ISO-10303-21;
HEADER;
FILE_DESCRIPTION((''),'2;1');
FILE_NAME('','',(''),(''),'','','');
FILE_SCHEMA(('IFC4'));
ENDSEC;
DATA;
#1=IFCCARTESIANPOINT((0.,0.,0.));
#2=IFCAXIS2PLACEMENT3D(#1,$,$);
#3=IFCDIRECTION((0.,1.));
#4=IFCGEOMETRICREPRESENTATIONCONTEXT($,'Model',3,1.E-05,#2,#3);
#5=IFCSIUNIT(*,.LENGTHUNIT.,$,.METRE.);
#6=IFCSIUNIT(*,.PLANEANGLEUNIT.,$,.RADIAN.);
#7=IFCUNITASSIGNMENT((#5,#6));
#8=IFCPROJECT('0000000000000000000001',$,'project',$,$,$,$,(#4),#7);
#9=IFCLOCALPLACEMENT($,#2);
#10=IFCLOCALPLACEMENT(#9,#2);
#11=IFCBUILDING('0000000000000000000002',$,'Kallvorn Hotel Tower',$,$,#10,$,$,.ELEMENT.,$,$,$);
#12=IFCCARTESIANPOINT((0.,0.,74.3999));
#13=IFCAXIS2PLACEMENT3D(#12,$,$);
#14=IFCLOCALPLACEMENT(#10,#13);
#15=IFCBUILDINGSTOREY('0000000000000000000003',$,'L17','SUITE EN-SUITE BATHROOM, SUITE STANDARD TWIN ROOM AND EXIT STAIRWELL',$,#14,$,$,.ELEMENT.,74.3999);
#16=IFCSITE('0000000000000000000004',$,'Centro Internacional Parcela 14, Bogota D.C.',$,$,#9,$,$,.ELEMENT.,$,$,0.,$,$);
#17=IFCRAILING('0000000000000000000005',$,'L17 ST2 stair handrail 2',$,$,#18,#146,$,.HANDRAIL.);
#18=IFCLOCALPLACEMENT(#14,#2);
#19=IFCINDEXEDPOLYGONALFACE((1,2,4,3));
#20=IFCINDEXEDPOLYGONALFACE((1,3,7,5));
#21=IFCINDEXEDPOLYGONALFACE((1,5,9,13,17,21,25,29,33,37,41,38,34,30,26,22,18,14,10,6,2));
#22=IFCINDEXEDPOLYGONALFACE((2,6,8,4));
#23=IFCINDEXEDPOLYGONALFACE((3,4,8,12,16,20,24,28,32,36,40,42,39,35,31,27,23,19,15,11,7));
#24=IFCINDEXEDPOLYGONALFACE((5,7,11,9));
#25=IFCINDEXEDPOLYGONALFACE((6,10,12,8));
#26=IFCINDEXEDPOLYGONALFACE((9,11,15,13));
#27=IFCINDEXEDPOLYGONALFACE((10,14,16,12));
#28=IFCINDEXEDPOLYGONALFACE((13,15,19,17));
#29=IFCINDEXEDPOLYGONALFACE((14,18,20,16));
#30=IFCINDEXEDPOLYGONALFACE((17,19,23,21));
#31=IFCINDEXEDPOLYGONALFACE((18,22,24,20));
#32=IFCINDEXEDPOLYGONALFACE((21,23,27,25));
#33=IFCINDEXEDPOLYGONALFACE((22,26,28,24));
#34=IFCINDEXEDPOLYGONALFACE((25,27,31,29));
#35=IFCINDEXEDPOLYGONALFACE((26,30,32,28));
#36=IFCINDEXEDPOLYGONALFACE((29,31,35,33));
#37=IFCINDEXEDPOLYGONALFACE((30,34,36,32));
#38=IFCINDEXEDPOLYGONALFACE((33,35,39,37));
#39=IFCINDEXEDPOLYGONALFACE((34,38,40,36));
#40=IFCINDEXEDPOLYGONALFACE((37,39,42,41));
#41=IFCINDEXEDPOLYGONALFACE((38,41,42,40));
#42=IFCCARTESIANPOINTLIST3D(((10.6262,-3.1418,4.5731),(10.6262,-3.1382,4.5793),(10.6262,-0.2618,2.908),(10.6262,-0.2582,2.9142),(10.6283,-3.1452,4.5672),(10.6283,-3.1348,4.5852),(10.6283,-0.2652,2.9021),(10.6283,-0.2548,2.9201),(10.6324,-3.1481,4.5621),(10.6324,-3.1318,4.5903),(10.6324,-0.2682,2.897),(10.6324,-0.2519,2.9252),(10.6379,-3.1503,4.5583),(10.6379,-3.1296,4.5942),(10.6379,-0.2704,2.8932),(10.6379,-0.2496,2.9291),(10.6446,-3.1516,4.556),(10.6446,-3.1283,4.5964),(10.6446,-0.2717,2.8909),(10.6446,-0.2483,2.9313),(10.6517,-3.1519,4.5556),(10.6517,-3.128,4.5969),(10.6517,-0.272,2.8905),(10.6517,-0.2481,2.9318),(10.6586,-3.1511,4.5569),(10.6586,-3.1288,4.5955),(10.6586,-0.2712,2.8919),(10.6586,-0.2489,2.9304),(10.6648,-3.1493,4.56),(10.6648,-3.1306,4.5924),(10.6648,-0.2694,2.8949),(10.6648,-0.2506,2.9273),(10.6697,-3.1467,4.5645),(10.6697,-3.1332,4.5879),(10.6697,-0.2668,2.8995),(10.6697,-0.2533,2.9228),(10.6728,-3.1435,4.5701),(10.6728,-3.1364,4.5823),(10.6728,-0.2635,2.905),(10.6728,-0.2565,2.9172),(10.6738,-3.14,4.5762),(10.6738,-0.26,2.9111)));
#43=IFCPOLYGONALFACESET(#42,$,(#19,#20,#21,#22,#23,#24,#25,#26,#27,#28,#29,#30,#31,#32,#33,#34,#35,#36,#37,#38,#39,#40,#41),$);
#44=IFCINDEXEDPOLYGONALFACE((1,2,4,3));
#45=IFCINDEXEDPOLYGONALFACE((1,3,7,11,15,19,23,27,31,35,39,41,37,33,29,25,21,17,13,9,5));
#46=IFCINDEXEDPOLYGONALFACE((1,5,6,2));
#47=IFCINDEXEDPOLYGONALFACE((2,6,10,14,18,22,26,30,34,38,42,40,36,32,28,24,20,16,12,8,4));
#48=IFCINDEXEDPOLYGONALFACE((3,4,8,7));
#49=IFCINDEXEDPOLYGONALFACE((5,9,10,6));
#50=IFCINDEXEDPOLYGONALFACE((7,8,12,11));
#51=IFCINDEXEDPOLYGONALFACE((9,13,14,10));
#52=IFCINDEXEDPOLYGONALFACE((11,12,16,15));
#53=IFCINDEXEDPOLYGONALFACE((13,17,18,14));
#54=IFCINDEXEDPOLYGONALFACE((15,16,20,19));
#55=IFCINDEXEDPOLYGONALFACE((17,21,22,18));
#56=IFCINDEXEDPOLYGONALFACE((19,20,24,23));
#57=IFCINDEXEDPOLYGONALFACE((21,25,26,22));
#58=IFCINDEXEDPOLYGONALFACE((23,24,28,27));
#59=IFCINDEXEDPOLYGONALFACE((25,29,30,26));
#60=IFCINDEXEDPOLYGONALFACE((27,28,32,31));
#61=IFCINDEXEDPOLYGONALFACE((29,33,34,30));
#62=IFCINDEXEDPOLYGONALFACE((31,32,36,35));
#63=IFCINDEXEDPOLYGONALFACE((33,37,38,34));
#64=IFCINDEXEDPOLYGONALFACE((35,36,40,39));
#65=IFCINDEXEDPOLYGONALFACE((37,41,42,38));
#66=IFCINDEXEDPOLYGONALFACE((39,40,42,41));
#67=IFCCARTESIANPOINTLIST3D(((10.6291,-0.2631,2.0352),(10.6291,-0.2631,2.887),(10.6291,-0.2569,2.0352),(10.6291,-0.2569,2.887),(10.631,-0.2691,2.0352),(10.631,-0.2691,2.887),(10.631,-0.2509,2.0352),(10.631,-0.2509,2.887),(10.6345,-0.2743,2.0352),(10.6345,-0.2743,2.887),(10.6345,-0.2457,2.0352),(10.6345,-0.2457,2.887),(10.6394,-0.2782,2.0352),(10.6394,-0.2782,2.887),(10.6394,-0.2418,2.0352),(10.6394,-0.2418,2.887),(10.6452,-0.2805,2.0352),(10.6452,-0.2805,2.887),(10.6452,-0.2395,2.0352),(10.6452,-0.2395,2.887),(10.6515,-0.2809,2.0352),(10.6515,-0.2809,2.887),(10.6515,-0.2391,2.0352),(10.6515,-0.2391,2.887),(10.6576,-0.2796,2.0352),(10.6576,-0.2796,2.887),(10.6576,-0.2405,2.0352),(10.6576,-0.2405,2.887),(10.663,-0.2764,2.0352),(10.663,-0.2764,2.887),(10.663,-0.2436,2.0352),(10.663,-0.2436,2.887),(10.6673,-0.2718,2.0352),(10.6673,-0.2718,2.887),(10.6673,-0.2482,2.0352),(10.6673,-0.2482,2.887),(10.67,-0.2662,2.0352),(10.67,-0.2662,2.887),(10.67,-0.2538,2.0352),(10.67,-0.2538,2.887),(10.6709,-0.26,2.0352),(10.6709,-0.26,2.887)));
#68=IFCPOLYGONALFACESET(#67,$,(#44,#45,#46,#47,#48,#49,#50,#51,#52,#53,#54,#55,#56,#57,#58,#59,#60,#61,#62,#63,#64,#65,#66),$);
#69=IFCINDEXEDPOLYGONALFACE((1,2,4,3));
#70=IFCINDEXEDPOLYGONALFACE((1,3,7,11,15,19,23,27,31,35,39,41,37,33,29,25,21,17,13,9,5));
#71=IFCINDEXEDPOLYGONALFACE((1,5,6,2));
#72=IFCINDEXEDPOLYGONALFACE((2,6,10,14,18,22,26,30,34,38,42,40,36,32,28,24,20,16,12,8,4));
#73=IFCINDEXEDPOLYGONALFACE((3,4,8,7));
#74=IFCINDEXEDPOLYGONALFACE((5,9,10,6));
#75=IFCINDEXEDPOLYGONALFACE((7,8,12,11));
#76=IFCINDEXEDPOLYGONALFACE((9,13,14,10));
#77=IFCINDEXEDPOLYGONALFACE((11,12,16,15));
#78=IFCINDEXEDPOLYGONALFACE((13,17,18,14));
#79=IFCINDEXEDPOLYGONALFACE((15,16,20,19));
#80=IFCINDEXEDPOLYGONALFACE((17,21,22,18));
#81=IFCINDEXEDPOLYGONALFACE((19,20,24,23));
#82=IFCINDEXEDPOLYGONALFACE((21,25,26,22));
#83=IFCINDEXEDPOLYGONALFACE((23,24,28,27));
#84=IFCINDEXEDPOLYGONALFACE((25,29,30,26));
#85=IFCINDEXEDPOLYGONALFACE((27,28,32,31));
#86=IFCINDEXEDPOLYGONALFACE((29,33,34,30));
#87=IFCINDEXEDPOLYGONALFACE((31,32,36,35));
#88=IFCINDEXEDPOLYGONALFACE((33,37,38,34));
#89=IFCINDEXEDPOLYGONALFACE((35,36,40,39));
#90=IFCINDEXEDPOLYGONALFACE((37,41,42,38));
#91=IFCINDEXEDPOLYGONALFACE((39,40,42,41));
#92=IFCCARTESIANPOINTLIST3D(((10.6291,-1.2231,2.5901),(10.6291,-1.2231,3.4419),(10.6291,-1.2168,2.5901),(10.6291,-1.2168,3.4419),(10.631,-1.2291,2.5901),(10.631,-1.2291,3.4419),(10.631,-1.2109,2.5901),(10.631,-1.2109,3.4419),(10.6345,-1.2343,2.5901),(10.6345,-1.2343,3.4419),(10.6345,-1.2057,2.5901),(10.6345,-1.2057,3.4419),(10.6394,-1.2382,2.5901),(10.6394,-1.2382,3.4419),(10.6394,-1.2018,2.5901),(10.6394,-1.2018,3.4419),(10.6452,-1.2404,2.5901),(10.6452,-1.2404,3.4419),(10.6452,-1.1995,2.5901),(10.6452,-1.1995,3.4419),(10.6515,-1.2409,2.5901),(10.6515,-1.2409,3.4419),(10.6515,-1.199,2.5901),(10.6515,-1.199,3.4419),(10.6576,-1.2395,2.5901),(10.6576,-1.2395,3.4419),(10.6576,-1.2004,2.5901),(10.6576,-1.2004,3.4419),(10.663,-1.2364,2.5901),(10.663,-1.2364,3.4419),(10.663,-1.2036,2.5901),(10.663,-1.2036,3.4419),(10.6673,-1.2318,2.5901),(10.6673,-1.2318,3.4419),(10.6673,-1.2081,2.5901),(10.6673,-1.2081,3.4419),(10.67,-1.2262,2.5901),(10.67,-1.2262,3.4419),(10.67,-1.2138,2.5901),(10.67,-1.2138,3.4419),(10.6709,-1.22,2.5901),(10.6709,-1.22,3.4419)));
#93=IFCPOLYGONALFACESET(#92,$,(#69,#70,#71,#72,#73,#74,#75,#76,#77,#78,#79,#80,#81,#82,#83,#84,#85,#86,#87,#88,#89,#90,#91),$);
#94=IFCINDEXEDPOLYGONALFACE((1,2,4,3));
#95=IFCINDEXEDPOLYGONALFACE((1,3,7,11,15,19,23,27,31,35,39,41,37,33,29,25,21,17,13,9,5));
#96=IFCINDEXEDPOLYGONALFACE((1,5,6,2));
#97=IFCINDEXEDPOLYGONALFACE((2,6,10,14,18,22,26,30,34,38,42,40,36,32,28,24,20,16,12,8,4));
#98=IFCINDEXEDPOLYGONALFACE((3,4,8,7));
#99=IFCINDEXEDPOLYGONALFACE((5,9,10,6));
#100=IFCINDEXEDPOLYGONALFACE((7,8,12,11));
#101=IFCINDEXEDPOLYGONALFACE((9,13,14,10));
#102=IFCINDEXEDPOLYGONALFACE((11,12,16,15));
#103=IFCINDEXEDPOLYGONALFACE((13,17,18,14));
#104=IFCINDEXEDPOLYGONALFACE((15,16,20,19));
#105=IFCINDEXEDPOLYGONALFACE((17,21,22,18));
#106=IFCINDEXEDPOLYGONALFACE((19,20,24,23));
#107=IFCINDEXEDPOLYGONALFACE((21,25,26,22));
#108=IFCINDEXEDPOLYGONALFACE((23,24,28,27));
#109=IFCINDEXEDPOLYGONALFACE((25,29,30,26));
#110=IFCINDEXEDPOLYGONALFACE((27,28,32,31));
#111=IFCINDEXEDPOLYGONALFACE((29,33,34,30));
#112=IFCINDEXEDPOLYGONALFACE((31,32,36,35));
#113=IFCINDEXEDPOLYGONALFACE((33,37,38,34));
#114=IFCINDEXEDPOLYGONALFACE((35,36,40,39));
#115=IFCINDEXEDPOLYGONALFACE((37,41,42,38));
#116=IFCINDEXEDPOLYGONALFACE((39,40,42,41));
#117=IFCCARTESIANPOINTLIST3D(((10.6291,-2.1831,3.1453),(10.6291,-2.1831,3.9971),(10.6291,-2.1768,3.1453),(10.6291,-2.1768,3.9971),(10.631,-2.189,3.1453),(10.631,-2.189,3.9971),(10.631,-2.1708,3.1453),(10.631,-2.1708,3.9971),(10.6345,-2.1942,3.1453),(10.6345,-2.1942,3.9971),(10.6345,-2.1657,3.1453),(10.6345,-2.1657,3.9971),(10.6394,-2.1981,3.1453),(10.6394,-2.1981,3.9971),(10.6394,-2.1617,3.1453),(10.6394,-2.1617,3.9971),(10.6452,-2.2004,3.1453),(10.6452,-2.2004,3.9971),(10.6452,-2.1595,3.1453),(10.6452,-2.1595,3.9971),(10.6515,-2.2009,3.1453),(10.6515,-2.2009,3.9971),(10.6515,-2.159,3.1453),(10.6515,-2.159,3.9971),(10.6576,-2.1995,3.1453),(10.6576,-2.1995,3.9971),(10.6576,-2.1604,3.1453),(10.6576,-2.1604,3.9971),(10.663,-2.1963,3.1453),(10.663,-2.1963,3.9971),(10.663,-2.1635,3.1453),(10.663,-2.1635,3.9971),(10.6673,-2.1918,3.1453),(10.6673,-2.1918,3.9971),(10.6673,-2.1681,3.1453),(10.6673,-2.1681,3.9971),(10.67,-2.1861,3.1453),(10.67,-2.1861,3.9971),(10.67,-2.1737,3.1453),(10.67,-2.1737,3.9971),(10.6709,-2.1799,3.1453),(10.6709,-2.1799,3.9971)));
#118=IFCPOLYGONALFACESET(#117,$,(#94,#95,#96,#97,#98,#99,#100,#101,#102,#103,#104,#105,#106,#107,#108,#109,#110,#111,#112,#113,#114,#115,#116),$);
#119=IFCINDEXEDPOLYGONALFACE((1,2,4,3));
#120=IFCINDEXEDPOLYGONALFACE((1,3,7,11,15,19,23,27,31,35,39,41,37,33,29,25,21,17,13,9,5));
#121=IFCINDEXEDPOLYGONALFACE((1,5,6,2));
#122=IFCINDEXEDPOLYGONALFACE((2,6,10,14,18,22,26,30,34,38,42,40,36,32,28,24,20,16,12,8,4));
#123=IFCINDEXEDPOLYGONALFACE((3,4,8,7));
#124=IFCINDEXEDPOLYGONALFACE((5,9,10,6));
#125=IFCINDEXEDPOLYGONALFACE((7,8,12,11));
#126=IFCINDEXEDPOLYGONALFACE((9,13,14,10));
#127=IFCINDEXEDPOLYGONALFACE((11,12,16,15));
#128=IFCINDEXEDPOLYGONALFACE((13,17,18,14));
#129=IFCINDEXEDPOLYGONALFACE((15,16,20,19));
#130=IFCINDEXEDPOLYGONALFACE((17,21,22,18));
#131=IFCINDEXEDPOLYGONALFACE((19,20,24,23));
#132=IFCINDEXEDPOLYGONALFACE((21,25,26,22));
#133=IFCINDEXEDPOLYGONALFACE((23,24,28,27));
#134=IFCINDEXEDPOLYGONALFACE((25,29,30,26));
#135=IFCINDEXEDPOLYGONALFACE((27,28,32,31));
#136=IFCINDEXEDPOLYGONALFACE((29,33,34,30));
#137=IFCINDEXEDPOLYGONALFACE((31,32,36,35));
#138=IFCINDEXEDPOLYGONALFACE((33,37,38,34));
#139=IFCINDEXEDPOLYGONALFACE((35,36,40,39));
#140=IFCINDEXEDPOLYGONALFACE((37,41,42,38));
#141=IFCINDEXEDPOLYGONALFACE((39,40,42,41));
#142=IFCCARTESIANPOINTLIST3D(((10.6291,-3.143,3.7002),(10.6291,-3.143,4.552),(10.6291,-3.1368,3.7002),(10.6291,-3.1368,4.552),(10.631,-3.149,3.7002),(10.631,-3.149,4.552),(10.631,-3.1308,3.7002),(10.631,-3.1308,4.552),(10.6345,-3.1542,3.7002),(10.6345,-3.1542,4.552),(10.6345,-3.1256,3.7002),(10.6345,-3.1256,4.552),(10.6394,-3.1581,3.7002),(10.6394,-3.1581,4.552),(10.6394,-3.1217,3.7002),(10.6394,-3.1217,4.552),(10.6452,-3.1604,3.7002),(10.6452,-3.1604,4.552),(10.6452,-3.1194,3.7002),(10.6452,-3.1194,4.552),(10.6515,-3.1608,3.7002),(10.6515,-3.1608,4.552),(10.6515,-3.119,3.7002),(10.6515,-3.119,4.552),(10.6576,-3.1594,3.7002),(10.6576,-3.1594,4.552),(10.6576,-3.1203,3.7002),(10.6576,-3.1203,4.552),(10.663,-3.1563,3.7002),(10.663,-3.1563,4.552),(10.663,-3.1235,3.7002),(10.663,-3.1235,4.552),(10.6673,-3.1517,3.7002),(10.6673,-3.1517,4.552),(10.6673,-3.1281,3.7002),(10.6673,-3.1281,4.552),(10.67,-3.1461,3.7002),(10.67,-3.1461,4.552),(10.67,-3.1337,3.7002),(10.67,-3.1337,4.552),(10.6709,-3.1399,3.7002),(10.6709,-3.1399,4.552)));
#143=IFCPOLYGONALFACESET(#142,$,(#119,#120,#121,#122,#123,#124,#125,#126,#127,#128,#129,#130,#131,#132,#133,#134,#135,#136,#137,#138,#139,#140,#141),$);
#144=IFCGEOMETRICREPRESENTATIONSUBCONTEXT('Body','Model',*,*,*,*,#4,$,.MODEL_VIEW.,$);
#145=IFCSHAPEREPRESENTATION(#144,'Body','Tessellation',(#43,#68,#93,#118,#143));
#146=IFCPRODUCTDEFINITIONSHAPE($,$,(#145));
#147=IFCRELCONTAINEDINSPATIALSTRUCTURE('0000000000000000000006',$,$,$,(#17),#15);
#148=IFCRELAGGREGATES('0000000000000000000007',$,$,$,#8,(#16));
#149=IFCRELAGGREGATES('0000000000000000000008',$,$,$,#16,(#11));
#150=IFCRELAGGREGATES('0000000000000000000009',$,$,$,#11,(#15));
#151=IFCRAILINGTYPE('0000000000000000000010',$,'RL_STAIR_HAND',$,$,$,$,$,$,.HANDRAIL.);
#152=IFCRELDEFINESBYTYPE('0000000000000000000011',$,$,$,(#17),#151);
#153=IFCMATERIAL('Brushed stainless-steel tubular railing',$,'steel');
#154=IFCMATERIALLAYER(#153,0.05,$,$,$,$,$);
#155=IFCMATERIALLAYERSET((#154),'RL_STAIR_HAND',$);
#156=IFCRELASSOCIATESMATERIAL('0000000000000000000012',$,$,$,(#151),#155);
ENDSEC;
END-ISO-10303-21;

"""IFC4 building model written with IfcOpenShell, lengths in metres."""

from ifc_helpers import new_model, si_unit, direction, frame, origin, origin_2d, place, context, subcontext, project, spatial, circle, extrude, material, layer, layer_set, type_object, element, save


model = new_model("IFC4")

# Units and contexts
model_context = context("Model", 3, precision=1e-05, world=origin(), true_north=direction((0.0, 1.0)))
body_context = subcontext(model_context, "Body", "Model", "MODEL_VIEW")
ifc_project = project(units=[si_unit("LENGTHUNIT", "METRE"), si_unit("PLANEANGLEUNIT", "RADIAN")], contexts=[model_context])

# Site, building, storey
site_placement = place(None, origin())
site = spatial("IfcSite", under=ifc_project, at=site_placement, Name="Centro Internacional Parcela 14, Bogota D.C.", CompositionType="ELEMENT", RefElevation=0.0)
building_placement = place(site_placement, origin())
building = spatial("IfcBuilding", under=site, at=building_placement, Name="Kallvorn Hotel Tower", CompositionType="ELEMENT")
storey_placement = place(building_placement, frame((0.0, 0.0, 74.3999)))
storey = spatial("IfcBuildingStorey", under=building, at=storey_placement, Name="L17", Description="SUITE EN-SUITE BATHROOM, SUITE STANDARD TWIN ROOM AND EXIT STAIRWELL", CompositionType="ELEMENT", Elevation=74.3999)

# Railing
ifc_material_1 = material(Name="Brushed stainless-steel tubular railing", Category="steel")
ifc_layer_1 = layer(ifc_material_1, 0.05)
ifc_layer_set_1 = layer_set([ifc_layer_1], Name="RL_STAIR_HAND")
railing_type_1 = type_object("IfcRailingType", Name="RL_STAIR_HAND", PredefinedType="HANDRAIL", material=ifc_layer_set_1)
railing_1_placement = place(storey_placement, frame((10.6499, -0.26, 2.0352)))
element("IfcRailing", 1, at=railing_1_placement, inside=storey, type_object=railing_type_1, Name="L17 ST2 stair handrail 2", PredefinedType="HANDRAIL", context=body_context, shape_type="SweptSolid", body=[
    extrude(circle(Radius=0.0239, at=origin_2d()), frame((0.0, 0.0, 0.876), z_axis=(0.0, -0.865721, 0.500527), x_axis=(1.0, 0.0, 0.0)), (0.0, 0.0, 1.0), 3.3267),
    extrude(circle(Radius=0.021, at=origin_2d()), origin(), (0.0, 0.0, 1.0), 0.8518),
    extrude(circle(Radius=0.021, at=origin_2d()), frame((0.0, -0.96, 0.5549)), (0.0, 0.0, 1.0), 0.8518),
    extrude(circle(Radius=0.021, at=origin_2d()), frame((0.0, -1.9199, 1.1101)), (0.0, 0.0, 1.0), 0.8518),
    extrude(circle(Radius=0.021, at=origin_2d()), frame((0.0, -2.8799, 1.665)), (0.0, 0.0, 1.0), 0.8518),
])

save(model, "model.ifc")
